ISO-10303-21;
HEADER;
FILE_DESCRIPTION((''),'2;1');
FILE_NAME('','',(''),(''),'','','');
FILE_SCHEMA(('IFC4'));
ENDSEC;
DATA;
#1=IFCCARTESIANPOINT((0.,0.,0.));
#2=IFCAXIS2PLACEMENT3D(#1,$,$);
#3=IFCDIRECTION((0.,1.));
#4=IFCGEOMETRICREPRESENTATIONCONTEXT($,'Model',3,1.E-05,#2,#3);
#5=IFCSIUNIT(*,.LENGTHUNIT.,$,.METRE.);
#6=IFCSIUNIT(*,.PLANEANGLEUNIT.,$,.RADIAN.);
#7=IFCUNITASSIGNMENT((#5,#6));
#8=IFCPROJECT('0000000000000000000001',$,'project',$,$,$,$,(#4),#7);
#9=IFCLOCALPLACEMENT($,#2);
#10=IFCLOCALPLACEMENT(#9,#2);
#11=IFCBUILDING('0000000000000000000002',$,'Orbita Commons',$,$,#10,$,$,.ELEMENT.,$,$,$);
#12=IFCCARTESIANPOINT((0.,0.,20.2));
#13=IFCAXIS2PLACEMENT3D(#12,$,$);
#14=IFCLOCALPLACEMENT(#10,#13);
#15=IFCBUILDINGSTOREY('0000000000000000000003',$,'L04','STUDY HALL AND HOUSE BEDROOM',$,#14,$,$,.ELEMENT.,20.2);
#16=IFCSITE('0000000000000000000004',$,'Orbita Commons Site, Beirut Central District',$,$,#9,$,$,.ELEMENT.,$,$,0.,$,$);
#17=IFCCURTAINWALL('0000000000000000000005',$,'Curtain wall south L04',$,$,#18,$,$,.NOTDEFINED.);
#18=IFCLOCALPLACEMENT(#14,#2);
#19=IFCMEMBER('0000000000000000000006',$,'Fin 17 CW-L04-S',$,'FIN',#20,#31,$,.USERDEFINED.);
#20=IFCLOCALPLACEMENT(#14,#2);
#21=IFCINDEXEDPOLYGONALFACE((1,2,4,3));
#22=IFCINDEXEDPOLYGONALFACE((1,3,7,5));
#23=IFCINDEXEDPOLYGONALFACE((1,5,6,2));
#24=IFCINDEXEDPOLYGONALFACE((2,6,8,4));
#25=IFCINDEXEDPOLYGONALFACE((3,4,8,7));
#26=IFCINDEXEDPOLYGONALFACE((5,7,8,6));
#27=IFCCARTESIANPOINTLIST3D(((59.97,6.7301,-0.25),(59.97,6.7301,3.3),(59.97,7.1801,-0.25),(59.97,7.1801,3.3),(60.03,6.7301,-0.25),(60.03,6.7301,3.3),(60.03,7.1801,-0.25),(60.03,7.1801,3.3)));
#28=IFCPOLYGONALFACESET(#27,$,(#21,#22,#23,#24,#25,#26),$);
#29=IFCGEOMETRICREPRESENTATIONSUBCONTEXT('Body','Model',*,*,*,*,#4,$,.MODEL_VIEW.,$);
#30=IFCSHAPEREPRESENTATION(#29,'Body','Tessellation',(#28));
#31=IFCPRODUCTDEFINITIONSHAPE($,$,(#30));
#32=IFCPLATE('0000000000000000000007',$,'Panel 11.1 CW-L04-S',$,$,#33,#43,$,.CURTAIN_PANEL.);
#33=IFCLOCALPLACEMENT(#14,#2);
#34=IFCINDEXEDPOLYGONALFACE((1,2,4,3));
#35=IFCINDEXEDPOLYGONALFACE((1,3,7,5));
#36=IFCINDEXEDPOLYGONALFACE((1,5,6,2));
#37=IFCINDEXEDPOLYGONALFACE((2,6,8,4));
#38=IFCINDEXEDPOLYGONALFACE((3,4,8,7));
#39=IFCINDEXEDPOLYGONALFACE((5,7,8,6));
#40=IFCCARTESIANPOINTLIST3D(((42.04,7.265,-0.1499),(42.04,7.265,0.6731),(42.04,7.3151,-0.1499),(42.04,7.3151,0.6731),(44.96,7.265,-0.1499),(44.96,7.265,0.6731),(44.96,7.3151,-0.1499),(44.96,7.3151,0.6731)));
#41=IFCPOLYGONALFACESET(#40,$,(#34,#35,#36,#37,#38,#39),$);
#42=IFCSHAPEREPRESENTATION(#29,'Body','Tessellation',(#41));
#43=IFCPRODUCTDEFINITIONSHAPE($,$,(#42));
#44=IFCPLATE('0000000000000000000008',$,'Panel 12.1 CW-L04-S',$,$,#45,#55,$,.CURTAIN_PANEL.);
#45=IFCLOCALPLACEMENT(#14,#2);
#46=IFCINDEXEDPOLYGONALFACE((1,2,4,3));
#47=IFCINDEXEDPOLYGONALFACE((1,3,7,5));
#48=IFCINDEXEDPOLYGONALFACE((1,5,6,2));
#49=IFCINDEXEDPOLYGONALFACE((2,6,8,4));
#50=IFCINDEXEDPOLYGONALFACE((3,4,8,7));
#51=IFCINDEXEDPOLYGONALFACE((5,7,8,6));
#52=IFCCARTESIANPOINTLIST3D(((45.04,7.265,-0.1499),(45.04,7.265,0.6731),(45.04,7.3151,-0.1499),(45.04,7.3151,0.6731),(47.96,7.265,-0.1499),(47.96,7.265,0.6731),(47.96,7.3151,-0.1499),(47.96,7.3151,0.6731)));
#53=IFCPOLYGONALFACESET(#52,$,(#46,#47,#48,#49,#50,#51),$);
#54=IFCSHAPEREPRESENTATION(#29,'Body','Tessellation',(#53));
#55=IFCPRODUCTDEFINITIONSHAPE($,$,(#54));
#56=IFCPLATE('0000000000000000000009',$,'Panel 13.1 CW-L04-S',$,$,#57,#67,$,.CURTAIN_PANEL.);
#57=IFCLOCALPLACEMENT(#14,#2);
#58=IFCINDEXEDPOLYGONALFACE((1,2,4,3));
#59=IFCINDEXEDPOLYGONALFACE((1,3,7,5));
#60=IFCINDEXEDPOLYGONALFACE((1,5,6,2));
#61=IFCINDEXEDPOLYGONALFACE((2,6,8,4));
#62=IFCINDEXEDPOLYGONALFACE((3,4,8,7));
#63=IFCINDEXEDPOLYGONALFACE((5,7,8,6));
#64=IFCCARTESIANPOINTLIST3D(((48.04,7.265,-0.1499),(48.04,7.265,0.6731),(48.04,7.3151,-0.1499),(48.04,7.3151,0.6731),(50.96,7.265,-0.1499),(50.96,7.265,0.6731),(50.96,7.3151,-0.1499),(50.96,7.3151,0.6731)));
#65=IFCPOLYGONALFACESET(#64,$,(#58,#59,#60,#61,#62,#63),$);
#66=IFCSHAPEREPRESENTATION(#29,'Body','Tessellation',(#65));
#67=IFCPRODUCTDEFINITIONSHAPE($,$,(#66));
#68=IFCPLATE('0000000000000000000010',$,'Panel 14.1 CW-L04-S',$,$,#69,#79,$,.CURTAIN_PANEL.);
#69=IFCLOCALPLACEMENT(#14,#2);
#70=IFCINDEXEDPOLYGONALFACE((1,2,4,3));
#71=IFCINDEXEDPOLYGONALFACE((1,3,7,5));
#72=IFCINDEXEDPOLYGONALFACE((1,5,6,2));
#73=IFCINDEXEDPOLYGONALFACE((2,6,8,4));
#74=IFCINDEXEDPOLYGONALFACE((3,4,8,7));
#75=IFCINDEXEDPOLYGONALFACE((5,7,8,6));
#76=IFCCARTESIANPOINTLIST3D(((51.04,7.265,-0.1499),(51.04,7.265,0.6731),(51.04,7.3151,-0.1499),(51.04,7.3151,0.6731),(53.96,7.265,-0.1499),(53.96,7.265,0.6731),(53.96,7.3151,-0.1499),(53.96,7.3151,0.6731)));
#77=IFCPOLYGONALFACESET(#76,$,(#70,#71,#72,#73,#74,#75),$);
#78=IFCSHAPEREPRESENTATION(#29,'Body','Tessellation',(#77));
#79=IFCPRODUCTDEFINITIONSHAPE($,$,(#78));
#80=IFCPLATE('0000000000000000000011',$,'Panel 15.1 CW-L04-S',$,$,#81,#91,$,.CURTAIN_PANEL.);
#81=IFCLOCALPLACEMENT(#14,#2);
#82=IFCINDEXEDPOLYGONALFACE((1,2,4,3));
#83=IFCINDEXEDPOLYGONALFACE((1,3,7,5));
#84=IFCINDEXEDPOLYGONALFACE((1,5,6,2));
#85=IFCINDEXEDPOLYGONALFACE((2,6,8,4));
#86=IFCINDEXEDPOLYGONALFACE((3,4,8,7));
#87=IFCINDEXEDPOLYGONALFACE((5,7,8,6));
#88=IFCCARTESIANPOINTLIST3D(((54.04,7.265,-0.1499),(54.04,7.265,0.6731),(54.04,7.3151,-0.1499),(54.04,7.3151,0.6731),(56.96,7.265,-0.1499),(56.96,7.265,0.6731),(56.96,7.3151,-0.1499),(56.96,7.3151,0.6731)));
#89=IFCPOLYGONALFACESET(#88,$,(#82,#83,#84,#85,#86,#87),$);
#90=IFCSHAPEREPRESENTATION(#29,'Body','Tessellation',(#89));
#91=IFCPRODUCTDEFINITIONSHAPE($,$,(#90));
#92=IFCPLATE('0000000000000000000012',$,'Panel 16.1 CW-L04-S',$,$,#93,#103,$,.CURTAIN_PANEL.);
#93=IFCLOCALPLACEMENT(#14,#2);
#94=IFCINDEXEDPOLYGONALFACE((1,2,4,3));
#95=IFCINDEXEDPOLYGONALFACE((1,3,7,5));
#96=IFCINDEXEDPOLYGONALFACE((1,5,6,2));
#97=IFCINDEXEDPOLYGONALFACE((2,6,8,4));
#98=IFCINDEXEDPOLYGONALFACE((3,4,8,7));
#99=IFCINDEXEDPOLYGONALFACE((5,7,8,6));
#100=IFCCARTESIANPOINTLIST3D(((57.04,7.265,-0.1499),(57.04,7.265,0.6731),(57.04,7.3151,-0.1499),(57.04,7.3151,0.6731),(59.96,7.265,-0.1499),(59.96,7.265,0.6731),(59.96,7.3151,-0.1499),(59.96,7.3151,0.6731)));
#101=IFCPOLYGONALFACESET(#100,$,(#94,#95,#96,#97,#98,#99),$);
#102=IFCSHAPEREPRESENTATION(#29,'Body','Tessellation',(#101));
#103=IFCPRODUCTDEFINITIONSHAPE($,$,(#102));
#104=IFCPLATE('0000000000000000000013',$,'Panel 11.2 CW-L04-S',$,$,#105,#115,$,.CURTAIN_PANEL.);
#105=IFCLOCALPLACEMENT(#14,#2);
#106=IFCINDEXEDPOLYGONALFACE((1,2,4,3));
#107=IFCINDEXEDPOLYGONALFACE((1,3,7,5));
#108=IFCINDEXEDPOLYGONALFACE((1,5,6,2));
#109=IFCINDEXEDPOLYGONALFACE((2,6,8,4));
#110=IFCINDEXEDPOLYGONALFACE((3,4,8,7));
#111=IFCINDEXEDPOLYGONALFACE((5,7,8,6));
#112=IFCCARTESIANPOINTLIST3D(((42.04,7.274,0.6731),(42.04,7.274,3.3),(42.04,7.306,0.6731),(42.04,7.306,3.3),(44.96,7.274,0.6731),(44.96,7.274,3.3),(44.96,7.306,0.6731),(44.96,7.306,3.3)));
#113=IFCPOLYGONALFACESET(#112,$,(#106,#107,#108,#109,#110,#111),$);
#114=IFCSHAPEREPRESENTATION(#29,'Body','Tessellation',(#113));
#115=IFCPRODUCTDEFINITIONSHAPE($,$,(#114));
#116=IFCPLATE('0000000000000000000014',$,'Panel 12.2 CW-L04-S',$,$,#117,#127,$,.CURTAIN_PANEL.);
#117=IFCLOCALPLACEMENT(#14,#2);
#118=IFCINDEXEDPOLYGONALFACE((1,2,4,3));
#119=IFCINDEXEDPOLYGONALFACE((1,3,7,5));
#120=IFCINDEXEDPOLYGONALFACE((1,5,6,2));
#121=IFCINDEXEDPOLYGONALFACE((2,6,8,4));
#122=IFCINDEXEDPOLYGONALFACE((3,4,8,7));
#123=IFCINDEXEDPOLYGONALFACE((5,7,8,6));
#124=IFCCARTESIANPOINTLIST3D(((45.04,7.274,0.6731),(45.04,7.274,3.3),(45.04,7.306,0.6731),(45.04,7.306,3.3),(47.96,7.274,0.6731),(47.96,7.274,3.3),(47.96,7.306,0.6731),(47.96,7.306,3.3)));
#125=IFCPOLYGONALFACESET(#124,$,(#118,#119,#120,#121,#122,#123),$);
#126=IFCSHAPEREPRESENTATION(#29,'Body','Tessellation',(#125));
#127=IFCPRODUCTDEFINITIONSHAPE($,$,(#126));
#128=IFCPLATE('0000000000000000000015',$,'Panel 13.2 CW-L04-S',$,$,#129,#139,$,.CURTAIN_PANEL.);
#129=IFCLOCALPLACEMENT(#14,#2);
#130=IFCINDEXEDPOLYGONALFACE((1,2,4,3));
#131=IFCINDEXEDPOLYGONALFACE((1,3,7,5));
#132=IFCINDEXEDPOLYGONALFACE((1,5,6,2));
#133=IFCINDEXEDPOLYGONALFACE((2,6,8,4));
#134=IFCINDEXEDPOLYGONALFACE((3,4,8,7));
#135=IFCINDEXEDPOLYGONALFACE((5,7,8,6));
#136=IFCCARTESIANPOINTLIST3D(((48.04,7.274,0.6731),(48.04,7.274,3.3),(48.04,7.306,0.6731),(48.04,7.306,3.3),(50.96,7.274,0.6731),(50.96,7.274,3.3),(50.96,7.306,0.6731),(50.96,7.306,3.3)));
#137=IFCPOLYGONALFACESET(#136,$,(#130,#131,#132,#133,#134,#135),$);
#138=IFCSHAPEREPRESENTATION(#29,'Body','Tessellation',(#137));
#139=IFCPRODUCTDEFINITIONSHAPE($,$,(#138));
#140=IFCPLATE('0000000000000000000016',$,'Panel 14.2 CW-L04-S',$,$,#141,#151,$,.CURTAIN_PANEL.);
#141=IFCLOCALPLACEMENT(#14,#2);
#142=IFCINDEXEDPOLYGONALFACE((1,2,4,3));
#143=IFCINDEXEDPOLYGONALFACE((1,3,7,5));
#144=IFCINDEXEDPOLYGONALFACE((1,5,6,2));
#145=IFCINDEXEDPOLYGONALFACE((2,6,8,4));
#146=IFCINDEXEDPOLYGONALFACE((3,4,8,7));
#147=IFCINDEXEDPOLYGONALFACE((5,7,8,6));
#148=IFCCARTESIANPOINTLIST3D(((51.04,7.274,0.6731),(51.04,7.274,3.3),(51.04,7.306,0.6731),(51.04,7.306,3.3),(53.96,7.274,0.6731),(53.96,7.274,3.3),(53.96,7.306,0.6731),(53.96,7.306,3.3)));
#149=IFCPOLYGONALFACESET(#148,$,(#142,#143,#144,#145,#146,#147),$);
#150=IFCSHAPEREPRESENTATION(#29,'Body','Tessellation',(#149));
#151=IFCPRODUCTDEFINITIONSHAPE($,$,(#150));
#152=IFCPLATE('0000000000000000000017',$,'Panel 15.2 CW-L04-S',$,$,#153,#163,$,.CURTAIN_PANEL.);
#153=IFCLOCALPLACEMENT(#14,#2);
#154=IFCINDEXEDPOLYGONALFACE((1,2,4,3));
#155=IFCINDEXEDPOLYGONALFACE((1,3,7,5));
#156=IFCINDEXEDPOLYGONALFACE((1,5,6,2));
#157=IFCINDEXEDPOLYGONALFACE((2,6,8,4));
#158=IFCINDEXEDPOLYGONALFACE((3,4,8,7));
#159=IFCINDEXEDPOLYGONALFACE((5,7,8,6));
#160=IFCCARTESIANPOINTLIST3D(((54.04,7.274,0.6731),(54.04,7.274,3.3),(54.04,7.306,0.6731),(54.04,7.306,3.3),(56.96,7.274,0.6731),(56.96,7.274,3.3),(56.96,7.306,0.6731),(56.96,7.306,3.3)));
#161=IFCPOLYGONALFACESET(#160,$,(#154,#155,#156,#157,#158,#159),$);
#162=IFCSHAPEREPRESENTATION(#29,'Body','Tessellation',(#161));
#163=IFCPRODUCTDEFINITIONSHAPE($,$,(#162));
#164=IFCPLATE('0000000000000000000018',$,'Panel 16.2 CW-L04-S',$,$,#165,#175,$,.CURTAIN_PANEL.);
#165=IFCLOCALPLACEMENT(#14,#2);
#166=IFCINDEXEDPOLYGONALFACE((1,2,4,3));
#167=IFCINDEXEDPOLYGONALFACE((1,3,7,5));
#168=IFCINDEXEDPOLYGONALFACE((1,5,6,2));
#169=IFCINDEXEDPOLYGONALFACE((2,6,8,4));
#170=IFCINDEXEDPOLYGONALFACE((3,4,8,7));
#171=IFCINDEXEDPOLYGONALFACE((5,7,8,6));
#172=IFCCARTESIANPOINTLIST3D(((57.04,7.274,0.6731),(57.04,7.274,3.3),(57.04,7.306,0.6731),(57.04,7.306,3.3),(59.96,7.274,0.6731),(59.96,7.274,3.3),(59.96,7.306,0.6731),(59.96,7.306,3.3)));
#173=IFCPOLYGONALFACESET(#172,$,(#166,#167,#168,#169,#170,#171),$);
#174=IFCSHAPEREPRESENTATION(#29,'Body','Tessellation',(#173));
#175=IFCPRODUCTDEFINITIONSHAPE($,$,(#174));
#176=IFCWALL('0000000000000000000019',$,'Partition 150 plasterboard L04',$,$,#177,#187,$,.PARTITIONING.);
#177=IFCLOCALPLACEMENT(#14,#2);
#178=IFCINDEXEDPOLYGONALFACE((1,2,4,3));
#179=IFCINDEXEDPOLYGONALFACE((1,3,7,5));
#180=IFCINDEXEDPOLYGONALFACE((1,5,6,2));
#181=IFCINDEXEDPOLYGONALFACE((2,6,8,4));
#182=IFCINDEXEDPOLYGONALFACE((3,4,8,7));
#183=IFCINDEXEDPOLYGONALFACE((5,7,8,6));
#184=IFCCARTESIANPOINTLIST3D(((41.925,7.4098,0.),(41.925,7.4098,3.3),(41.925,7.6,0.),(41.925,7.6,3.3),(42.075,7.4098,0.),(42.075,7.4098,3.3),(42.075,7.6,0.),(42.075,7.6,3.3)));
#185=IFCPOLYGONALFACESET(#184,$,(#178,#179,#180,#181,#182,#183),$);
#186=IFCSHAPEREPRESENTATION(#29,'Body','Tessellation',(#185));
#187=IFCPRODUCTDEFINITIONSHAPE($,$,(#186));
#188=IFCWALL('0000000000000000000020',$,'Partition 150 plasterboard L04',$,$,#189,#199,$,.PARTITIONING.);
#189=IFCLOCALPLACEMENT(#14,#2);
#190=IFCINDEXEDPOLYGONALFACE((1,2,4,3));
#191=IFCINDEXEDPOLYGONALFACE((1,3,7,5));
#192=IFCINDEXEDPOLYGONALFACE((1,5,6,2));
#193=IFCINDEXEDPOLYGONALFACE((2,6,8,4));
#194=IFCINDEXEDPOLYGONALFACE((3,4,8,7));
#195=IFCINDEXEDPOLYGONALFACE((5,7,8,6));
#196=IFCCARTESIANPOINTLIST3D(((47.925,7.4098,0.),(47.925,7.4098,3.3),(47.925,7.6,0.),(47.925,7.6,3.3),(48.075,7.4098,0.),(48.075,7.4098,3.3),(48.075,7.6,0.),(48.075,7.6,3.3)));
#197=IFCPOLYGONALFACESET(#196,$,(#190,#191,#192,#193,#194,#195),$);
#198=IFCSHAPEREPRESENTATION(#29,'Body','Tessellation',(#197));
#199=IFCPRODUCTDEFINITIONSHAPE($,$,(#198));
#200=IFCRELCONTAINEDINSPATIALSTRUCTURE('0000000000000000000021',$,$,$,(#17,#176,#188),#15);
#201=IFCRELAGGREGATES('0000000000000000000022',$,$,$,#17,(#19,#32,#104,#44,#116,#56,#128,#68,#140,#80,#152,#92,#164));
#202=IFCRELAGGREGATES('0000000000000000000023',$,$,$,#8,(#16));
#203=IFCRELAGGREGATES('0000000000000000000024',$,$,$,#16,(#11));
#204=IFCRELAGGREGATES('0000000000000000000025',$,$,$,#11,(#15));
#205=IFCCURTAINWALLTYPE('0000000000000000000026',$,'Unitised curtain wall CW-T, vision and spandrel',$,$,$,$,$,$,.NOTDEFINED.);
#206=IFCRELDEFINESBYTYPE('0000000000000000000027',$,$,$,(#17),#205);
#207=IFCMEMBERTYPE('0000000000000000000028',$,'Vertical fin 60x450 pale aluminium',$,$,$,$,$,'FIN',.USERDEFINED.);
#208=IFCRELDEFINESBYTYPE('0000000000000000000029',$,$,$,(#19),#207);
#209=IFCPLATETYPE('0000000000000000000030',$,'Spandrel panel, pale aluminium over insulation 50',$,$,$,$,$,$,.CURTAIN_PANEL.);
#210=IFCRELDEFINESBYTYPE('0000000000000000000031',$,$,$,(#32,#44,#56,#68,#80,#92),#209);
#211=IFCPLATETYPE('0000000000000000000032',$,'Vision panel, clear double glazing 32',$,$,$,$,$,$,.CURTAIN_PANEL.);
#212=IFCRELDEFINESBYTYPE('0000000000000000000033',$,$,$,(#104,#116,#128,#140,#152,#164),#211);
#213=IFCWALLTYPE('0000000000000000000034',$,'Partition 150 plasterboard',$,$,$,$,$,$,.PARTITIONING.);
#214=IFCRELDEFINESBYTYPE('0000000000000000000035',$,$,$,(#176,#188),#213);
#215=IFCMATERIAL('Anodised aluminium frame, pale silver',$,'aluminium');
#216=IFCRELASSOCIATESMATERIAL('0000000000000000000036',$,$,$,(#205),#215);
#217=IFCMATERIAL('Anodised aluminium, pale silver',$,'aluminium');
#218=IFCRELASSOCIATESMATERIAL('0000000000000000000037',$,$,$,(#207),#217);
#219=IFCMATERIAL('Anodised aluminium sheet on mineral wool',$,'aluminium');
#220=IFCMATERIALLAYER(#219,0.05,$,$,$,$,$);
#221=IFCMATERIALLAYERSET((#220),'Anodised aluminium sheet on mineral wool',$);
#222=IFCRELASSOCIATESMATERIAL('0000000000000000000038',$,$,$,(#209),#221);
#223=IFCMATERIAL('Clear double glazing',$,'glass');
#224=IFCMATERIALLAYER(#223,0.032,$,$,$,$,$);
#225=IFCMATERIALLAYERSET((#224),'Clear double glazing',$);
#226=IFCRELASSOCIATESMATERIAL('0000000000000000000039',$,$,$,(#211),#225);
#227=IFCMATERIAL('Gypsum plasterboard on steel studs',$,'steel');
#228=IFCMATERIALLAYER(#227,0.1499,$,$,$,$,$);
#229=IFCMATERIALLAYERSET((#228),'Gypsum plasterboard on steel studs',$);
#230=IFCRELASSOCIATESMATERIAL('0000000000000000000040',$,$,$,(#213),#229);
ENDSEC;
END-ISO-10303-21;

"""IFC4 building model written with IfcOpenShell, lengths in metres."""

from ifc_helpers import new_model, si_unit, direction, frame, frame_2d, origin, origin_2d, place, context, subcontext, project, spatial, rectangle, extrude, material, layer, layer_set, material_profile, profile_set, type_object, element, aggregate, save


model = new_model("IFC4")

# Units and contexts
model_context = context("Model", 3, precision=1e-05, world=origin(), true_north=direction((0.0, 1.0)))
body_context = subcontext(model_context, "Body", "Model", "MODEL_VIEW")
ifc_project = project(units=[si_unit("LENGTHUNIT", "METRE"), si_unit("PLANEANGLEUNIT", "RADIAN")], contexts=[model_context])

# Site, building, storey
site_placement = place(None, origin())
site = spatial("IfcSite", under=ifc_project, at=site_placement, Name="Orbita Commons Site, Beirut Central District", CompositionType="ELEMENT", RefElevation=0.0)
building_placement = place(site_placement, origin())
building = spatial("IfcBuilding", under=site, at=building_placement, Name="Orbita Commons", CompositionType="ELEMENT")
storey_placement = place(building_placement, frame((0.0, 0.0, 20.2)))
storey = spatial("IfcBuildingStorey", under=building, at=storey_placement, Name="L04", Description="STUDY HALL AND HOUSE BEDROOM", CompositionType="ELEMENT", Elevation=20.2)

# Curtain wall, member, plates
ifc_material_1 = material(Name="Anodised aluminium frame, pale silver", Category="aluminium")
curtain_wall_type = type_object("IfcCurtainWallType", Name="Unitised curtain wall CW-T, vision and spandrel", PredefinedType="NOTDEFINED", material=ifc_material_1)
curtain_wall_placement = place(storey_placement, origin())
curtain_wall = element("IfcCurtainWall", 1, at=curtain_wall_placement, inside=storey, type_object=curtain_wall_type, Name="Curtain wall south L04", PredefinedType="NOTDEFINED")
ifc_material_2 = material(Name="Anodised aluminium, pale silver", Category="aluminium")
ifc_material_profile_1 = material_profile(ifc_material_2, rectangle(XDim=0.0601, YDim=0.45, at=origin_2d()), Name="FIN 60x450")
ifc_profile_set_1 = profile_set([ifc_material_profile_1], Name="Anodised aluminium, pale silver")
member_type_1 = type_object("IfcMemberType", Name="Vertical fin 60x450 pale aluminium", ElementType="FIN", PredefinedType="USERDEFINED", material=ifc_profile_set_1)
member_1_placement = place(storey_placement, frame((60.0, 6.9551, -0.25), z_axis=(0.0, 0.0, 1.0), x_axis=(1.0, 0.0, 0.0)))
member_1 = element("IfcMember", 2, at=member_1_placement, type_object=member_type_1, Name="Fin 17 CW-L04-S", ObjectType="FIN", PredefinedType="USERDEFINED", context=body_context, shape_type="SweptSolid", body=[
    extrude(rectangle(XDim=0.0601, YDim=0.45, at=origin_2d()), origin(), (0.0, 0.0, 1.0), 3.55),
])
ifc_material_3 = material(Name="Anodised aluminium sheet on mineral wool", Category="aluminium")
ifc_layer_1 = layer(ifc_material_3, 0.05)
ifc_layer_set_1 = layer_set([ifc_layer_1], Name="Anodised aluminium sheet on mineral wool")
plate_type_1 = type_object("IfcPlateType", Name="Spandrel panel, pale aluminium over insulation 50", PredefinedType="CURTAIN_PANEL", material=ifc_layer_set_1)
plate_1_placement = place(storey_placement, frame((43.5, 7.29, -0.1499), z_axis=(0.0, 0.0, 1.0), x_axis=(1.0, 0.0, 0.0)))
plate_1 = element("IfcPlate", 3, at=plate_1_placement, type_object=plate_type_1, Name="Panel 11.1 CW-L04-S", PredefinedType="CURTAIN_PANEL", context=body_context, shape_type="SweptSolid", body=[
    extrude(rectangle(XDim=2.9199, YDim=0.05, at=origin_2d()), origin(), (0.0, 0.0, 1.0), 0.823),
])
plate_2_placement = place(storey_placement, frame((46.5, 7.29, -0.1499), z_axis=(0.0, 0.0, 1.0), x_axis=(1.0, 0.0, 0.0)))
plate_2 = element("IfcPlate", 4, at=plate_2_placement, type_object=plate_type_1, Name="Panel 12.1 CW-L04-S", PredefinedType="CURTAIN_PANEL", context=body_context, shape_type="SweptSolid", body=[
    extrude(rectangle(XDim=2.9199, YDim=0.05, at=origin_2d()), origin(), (0.0, 0.0, 1.0), 0.823),
])
plate_3_placement = place(storey_placement, frame((49.5, 7.29, -0.1499), z_axis=(0.0, 0.0, 1.0), x_axis=(1.0, 0.0, 0.0)))
plate_3 = element("IfcPlate", 5, at=plate_3_placement, type_object=plate_type_1, Name="Panel 13.1 CW-L04-S", PredefinedType="CURTAIN_PANEL", context=body_context, shape_type="SweptSolid", body=[
    extrude(rectangle(XDim=2.9199, YDim=0.05, at=origin_2d()), origin(), (0.0, 0.0, 1.0), 0.823),
])
plate_4_placement = place(storey_placement, frame((52.5, 7.29, -0.1499), z_axis=(0.0, 0.0, 1.0), x_axis=(1.0, 0.0, 0.0)))
plate_4 = element("IfcPlate", 6, at=plate_4_placement, type_object=plate_type_1, Name="Panel 14.1 CW-L04-S", PredefinedType="CURTAIN_PANEL", context=body_context, shape_type="SweptSolid", body=[
    extrude(rectangle(XDim=2.9199, YDim=0.05, at=origin_2d()), origin(), (0.0, 0.0, 1.0), 0.823),
])
plate_5_placement = place(storey_placement, frame((55.5, 7.29, -0.1499), z_axis=(0.0, 0.0, 1.0), x_axis=(1.0, 0.0, 0.0)))
plate_5 = element("IfcPlate", 7, at=plate_5_placement, type_object=plate_type_1, Name="Panel 15.1 CW-L04-S", PredefinedType="CURTAIN_PANEL", context=body_context, shape_type="SweptSolid", body=[
    extrude(rectangle(XDim=2.9199, YDim=0.05, at=origin_2d()), origin(), (0.0, 0.0, 1.0), 0.823),
])
plate_6_placement = place(storey_placement, frame((58.5, 7.29, -0.1499), z_axis=(0.0, 0.0, 1.0), x_axis=(1.0, 0.0, 0.0)))
plate_6 = element("IfcPlate", 8, at=plate_6_placement, type_object=plate_type_1, Name="Panel 16.1 CW-L04-S", PredefinedType="CURTAIN_PANEL", context=body_context, shape_type="SweptSolid", body=[
    extrude(rectangle(XDim=2.9199, YDim=0.05, at=origin_2d()), origin(), (0.0, 0.0, 1.0), 0.823),
])
ifc_material_4 = material(Name="Clear double glazing", Category="glass")
ifc_layer_2 = layer(ifc_material_4, 0.032)
ifc_layer_set_2 = layer_set([ifc_layer_2], Name="Clear double glazing")
plate_type_2 = type_object("IfcPlateType", Name="Vision panel, clear double glazing 32", PredefinedType="CURTAIN_PANEL", material=ifc_layer_set_2)
plate_7_placement = place(storey_placement, frame((43.5, 7.29, 0.6731), z_axis=(0.0, 0.0, 1.0), x_axis=(1.0, 0.0, 0.0)))
plate_7 = element("IfcPlate", 9, at=plate_7_placement, type_object=plate_type_2, Name="Panel 11.2 CW-L04-S", PredefinedType="CURTAIN_PANEL", context=body_context, shape_type="SweptSolid", body=[
    extrude(rectangle(XDim=2.9199, YDim=0.032, at=origin_2d()), origin(), (0.0, 0.0, 1.0), 2.627),
])
plate_8_placement = place(storey_placement, frame((46.5, 7.29, 0.6731), z_axis=(0.0, 0.0, 1.0), x_axis=(1.0, 0.0, 0.0)))
plate_8 = element("IfcPlate", 10, at=plate_8_placement, type_object=plate_type_2, Name="Panel 12.2 CW-L04-S", PredefinedType="CURTAIN_PANEL", context=body_context, shape_type="SweptSolid", body=[
    extrude(rectangle(XDim=2.9199, YDim=0.032, at=origin_2d()), origin(), (0.0, 0.0, 1.0), 2.627),
])
plate_9_placement = place(storey_placement, frame((49.5, 7.29, 0.6731), z_axis=(0.0, 0.0, 1.0), x_axis=(1.0, 0.0, 0.0)))
plate_9 = element("IfcPlate", 11, at=plate_9_placement, type_object=plate_type_2, Name="Panel 13.2 CW-L04-S", PredefinedType="CURTAIN_PANEL", context=body_context, shape_type="SweptSolid", body=[
    extrude(rectangle(XDim=2.9199, YDim=0.032, at=origin_2d()), origin(), (0.0, 0.0, 1.0), 2.627),
])
plate_10_placement = place(storey_placement, frame((52.5, 7.29, 0.6731), z_axis=(0.0, 0.0, 1.0), x_axis=(1.0, 0.0, 0.0)))
plate_10 = element("IfcPlate", 12, at=plate_10_placement, type_object=plate_type_2, Name="Panel 14.2 CW-L04-S", PredefinedType="CURTAIN_PANEL", context=body_context, shape_type="SweptSolid", body=[
    extrude(rectangle(XDim=2.9199, YDim=0.032, at=origin_2d()), origin(), (0.0, 0.0, 1.0), 2.627),
])
plate_11_placement = place(storey_placement, frame((55.5, 7.29, 0.6731), z_axis=(0.0, 0.0, 1.0), x_axis=(1.0, 0.0, 0.0)))
plate_11 = element("IfcPlate", 13, at=plate_11_placement, type_object=plate_type_2, Name="Panel 15.2 CW-L04-S", PredefinedType="CURTAIN_PANEL", context=body_context, shape_type="SweptSolid", body=[
    extrude(rectangle(XDim=2.9199, YDim=0.032, at=origin_2d()), origin(), (0.0, 0.0, 1.0), 2.627),
])
plate_12_placement = place(storey_placement, frame((58.5, 7.29, 0.6731), z_axis=(0.0, 0.0, 1.0), x_axis=(1.0, 0.0, 0.0)))
plate_12 = element("IfcPlate", 14, at=plate_12_placement, type_object=plate_type_2, Name="Panel 16.2 CW-L04-S", PredefinedType="CURTAIN_PANEL", context=body_context, shape_type="SweptSolid", body=[
    extrude(rectangle(XDim=2.9199, YDim=0.032, at=origin_2d()), origin(), (0.0, 0.0, 1.0), 2.627),
])
aggregate(curtain_wall, [member_1, plate_1, plate_7, plate_2, plate_8, plate_3, plate_9, plate_4, plate_10, plate_5, plate_11, plate_6, plate_12])

# Walls
ifc_material_5 = material(Name="Gypsum plasterboard on steel studs", Category="steel")
ifc_layer_3 = layer(ifc_material_5, 0.1499)
ifc_layer_set_3 = layer_set([ifc_layer_3], Name="Gypsum plasterboard on steel studs")
wall_type_1 = type_object("IfcWallType", Name="Partition 150 plasterboard", PredefinedType="PARTITIONING", material=ifc_layer_set_3)
for number, where, z_axis, x_axis, name in (
    (15, (42.0, 7.6001, 0.0), (0.0, 0.0, 1.0), (0.0, -1.0, 0.0), "Partition 150 plasterboard L04"),
    (16, (48.0, 7.6001, 0.0), (0.0, 0.0, 1.0), (0.0, -1.0, 0.0), "Partition 150 plasterboard L04"),
):
    element("IfcWall", number, at=place(storey_placement, frame(where, z_axis=z_axis, x_axis=x_axis)), inside=storey, type_object=wall_type_1, Name=name, PredefinedType="PARTITIONING", context=body_context, shape_type="SweptSolid", body=[
        extrude(rectangle(XDim=0.1902, YDim=0.1499, at=frame_2d((0.0952, 0.0))), origin(), (0.0, 0.0, 1.0), 3.3),
    ])

save(model, "model.ifc")
